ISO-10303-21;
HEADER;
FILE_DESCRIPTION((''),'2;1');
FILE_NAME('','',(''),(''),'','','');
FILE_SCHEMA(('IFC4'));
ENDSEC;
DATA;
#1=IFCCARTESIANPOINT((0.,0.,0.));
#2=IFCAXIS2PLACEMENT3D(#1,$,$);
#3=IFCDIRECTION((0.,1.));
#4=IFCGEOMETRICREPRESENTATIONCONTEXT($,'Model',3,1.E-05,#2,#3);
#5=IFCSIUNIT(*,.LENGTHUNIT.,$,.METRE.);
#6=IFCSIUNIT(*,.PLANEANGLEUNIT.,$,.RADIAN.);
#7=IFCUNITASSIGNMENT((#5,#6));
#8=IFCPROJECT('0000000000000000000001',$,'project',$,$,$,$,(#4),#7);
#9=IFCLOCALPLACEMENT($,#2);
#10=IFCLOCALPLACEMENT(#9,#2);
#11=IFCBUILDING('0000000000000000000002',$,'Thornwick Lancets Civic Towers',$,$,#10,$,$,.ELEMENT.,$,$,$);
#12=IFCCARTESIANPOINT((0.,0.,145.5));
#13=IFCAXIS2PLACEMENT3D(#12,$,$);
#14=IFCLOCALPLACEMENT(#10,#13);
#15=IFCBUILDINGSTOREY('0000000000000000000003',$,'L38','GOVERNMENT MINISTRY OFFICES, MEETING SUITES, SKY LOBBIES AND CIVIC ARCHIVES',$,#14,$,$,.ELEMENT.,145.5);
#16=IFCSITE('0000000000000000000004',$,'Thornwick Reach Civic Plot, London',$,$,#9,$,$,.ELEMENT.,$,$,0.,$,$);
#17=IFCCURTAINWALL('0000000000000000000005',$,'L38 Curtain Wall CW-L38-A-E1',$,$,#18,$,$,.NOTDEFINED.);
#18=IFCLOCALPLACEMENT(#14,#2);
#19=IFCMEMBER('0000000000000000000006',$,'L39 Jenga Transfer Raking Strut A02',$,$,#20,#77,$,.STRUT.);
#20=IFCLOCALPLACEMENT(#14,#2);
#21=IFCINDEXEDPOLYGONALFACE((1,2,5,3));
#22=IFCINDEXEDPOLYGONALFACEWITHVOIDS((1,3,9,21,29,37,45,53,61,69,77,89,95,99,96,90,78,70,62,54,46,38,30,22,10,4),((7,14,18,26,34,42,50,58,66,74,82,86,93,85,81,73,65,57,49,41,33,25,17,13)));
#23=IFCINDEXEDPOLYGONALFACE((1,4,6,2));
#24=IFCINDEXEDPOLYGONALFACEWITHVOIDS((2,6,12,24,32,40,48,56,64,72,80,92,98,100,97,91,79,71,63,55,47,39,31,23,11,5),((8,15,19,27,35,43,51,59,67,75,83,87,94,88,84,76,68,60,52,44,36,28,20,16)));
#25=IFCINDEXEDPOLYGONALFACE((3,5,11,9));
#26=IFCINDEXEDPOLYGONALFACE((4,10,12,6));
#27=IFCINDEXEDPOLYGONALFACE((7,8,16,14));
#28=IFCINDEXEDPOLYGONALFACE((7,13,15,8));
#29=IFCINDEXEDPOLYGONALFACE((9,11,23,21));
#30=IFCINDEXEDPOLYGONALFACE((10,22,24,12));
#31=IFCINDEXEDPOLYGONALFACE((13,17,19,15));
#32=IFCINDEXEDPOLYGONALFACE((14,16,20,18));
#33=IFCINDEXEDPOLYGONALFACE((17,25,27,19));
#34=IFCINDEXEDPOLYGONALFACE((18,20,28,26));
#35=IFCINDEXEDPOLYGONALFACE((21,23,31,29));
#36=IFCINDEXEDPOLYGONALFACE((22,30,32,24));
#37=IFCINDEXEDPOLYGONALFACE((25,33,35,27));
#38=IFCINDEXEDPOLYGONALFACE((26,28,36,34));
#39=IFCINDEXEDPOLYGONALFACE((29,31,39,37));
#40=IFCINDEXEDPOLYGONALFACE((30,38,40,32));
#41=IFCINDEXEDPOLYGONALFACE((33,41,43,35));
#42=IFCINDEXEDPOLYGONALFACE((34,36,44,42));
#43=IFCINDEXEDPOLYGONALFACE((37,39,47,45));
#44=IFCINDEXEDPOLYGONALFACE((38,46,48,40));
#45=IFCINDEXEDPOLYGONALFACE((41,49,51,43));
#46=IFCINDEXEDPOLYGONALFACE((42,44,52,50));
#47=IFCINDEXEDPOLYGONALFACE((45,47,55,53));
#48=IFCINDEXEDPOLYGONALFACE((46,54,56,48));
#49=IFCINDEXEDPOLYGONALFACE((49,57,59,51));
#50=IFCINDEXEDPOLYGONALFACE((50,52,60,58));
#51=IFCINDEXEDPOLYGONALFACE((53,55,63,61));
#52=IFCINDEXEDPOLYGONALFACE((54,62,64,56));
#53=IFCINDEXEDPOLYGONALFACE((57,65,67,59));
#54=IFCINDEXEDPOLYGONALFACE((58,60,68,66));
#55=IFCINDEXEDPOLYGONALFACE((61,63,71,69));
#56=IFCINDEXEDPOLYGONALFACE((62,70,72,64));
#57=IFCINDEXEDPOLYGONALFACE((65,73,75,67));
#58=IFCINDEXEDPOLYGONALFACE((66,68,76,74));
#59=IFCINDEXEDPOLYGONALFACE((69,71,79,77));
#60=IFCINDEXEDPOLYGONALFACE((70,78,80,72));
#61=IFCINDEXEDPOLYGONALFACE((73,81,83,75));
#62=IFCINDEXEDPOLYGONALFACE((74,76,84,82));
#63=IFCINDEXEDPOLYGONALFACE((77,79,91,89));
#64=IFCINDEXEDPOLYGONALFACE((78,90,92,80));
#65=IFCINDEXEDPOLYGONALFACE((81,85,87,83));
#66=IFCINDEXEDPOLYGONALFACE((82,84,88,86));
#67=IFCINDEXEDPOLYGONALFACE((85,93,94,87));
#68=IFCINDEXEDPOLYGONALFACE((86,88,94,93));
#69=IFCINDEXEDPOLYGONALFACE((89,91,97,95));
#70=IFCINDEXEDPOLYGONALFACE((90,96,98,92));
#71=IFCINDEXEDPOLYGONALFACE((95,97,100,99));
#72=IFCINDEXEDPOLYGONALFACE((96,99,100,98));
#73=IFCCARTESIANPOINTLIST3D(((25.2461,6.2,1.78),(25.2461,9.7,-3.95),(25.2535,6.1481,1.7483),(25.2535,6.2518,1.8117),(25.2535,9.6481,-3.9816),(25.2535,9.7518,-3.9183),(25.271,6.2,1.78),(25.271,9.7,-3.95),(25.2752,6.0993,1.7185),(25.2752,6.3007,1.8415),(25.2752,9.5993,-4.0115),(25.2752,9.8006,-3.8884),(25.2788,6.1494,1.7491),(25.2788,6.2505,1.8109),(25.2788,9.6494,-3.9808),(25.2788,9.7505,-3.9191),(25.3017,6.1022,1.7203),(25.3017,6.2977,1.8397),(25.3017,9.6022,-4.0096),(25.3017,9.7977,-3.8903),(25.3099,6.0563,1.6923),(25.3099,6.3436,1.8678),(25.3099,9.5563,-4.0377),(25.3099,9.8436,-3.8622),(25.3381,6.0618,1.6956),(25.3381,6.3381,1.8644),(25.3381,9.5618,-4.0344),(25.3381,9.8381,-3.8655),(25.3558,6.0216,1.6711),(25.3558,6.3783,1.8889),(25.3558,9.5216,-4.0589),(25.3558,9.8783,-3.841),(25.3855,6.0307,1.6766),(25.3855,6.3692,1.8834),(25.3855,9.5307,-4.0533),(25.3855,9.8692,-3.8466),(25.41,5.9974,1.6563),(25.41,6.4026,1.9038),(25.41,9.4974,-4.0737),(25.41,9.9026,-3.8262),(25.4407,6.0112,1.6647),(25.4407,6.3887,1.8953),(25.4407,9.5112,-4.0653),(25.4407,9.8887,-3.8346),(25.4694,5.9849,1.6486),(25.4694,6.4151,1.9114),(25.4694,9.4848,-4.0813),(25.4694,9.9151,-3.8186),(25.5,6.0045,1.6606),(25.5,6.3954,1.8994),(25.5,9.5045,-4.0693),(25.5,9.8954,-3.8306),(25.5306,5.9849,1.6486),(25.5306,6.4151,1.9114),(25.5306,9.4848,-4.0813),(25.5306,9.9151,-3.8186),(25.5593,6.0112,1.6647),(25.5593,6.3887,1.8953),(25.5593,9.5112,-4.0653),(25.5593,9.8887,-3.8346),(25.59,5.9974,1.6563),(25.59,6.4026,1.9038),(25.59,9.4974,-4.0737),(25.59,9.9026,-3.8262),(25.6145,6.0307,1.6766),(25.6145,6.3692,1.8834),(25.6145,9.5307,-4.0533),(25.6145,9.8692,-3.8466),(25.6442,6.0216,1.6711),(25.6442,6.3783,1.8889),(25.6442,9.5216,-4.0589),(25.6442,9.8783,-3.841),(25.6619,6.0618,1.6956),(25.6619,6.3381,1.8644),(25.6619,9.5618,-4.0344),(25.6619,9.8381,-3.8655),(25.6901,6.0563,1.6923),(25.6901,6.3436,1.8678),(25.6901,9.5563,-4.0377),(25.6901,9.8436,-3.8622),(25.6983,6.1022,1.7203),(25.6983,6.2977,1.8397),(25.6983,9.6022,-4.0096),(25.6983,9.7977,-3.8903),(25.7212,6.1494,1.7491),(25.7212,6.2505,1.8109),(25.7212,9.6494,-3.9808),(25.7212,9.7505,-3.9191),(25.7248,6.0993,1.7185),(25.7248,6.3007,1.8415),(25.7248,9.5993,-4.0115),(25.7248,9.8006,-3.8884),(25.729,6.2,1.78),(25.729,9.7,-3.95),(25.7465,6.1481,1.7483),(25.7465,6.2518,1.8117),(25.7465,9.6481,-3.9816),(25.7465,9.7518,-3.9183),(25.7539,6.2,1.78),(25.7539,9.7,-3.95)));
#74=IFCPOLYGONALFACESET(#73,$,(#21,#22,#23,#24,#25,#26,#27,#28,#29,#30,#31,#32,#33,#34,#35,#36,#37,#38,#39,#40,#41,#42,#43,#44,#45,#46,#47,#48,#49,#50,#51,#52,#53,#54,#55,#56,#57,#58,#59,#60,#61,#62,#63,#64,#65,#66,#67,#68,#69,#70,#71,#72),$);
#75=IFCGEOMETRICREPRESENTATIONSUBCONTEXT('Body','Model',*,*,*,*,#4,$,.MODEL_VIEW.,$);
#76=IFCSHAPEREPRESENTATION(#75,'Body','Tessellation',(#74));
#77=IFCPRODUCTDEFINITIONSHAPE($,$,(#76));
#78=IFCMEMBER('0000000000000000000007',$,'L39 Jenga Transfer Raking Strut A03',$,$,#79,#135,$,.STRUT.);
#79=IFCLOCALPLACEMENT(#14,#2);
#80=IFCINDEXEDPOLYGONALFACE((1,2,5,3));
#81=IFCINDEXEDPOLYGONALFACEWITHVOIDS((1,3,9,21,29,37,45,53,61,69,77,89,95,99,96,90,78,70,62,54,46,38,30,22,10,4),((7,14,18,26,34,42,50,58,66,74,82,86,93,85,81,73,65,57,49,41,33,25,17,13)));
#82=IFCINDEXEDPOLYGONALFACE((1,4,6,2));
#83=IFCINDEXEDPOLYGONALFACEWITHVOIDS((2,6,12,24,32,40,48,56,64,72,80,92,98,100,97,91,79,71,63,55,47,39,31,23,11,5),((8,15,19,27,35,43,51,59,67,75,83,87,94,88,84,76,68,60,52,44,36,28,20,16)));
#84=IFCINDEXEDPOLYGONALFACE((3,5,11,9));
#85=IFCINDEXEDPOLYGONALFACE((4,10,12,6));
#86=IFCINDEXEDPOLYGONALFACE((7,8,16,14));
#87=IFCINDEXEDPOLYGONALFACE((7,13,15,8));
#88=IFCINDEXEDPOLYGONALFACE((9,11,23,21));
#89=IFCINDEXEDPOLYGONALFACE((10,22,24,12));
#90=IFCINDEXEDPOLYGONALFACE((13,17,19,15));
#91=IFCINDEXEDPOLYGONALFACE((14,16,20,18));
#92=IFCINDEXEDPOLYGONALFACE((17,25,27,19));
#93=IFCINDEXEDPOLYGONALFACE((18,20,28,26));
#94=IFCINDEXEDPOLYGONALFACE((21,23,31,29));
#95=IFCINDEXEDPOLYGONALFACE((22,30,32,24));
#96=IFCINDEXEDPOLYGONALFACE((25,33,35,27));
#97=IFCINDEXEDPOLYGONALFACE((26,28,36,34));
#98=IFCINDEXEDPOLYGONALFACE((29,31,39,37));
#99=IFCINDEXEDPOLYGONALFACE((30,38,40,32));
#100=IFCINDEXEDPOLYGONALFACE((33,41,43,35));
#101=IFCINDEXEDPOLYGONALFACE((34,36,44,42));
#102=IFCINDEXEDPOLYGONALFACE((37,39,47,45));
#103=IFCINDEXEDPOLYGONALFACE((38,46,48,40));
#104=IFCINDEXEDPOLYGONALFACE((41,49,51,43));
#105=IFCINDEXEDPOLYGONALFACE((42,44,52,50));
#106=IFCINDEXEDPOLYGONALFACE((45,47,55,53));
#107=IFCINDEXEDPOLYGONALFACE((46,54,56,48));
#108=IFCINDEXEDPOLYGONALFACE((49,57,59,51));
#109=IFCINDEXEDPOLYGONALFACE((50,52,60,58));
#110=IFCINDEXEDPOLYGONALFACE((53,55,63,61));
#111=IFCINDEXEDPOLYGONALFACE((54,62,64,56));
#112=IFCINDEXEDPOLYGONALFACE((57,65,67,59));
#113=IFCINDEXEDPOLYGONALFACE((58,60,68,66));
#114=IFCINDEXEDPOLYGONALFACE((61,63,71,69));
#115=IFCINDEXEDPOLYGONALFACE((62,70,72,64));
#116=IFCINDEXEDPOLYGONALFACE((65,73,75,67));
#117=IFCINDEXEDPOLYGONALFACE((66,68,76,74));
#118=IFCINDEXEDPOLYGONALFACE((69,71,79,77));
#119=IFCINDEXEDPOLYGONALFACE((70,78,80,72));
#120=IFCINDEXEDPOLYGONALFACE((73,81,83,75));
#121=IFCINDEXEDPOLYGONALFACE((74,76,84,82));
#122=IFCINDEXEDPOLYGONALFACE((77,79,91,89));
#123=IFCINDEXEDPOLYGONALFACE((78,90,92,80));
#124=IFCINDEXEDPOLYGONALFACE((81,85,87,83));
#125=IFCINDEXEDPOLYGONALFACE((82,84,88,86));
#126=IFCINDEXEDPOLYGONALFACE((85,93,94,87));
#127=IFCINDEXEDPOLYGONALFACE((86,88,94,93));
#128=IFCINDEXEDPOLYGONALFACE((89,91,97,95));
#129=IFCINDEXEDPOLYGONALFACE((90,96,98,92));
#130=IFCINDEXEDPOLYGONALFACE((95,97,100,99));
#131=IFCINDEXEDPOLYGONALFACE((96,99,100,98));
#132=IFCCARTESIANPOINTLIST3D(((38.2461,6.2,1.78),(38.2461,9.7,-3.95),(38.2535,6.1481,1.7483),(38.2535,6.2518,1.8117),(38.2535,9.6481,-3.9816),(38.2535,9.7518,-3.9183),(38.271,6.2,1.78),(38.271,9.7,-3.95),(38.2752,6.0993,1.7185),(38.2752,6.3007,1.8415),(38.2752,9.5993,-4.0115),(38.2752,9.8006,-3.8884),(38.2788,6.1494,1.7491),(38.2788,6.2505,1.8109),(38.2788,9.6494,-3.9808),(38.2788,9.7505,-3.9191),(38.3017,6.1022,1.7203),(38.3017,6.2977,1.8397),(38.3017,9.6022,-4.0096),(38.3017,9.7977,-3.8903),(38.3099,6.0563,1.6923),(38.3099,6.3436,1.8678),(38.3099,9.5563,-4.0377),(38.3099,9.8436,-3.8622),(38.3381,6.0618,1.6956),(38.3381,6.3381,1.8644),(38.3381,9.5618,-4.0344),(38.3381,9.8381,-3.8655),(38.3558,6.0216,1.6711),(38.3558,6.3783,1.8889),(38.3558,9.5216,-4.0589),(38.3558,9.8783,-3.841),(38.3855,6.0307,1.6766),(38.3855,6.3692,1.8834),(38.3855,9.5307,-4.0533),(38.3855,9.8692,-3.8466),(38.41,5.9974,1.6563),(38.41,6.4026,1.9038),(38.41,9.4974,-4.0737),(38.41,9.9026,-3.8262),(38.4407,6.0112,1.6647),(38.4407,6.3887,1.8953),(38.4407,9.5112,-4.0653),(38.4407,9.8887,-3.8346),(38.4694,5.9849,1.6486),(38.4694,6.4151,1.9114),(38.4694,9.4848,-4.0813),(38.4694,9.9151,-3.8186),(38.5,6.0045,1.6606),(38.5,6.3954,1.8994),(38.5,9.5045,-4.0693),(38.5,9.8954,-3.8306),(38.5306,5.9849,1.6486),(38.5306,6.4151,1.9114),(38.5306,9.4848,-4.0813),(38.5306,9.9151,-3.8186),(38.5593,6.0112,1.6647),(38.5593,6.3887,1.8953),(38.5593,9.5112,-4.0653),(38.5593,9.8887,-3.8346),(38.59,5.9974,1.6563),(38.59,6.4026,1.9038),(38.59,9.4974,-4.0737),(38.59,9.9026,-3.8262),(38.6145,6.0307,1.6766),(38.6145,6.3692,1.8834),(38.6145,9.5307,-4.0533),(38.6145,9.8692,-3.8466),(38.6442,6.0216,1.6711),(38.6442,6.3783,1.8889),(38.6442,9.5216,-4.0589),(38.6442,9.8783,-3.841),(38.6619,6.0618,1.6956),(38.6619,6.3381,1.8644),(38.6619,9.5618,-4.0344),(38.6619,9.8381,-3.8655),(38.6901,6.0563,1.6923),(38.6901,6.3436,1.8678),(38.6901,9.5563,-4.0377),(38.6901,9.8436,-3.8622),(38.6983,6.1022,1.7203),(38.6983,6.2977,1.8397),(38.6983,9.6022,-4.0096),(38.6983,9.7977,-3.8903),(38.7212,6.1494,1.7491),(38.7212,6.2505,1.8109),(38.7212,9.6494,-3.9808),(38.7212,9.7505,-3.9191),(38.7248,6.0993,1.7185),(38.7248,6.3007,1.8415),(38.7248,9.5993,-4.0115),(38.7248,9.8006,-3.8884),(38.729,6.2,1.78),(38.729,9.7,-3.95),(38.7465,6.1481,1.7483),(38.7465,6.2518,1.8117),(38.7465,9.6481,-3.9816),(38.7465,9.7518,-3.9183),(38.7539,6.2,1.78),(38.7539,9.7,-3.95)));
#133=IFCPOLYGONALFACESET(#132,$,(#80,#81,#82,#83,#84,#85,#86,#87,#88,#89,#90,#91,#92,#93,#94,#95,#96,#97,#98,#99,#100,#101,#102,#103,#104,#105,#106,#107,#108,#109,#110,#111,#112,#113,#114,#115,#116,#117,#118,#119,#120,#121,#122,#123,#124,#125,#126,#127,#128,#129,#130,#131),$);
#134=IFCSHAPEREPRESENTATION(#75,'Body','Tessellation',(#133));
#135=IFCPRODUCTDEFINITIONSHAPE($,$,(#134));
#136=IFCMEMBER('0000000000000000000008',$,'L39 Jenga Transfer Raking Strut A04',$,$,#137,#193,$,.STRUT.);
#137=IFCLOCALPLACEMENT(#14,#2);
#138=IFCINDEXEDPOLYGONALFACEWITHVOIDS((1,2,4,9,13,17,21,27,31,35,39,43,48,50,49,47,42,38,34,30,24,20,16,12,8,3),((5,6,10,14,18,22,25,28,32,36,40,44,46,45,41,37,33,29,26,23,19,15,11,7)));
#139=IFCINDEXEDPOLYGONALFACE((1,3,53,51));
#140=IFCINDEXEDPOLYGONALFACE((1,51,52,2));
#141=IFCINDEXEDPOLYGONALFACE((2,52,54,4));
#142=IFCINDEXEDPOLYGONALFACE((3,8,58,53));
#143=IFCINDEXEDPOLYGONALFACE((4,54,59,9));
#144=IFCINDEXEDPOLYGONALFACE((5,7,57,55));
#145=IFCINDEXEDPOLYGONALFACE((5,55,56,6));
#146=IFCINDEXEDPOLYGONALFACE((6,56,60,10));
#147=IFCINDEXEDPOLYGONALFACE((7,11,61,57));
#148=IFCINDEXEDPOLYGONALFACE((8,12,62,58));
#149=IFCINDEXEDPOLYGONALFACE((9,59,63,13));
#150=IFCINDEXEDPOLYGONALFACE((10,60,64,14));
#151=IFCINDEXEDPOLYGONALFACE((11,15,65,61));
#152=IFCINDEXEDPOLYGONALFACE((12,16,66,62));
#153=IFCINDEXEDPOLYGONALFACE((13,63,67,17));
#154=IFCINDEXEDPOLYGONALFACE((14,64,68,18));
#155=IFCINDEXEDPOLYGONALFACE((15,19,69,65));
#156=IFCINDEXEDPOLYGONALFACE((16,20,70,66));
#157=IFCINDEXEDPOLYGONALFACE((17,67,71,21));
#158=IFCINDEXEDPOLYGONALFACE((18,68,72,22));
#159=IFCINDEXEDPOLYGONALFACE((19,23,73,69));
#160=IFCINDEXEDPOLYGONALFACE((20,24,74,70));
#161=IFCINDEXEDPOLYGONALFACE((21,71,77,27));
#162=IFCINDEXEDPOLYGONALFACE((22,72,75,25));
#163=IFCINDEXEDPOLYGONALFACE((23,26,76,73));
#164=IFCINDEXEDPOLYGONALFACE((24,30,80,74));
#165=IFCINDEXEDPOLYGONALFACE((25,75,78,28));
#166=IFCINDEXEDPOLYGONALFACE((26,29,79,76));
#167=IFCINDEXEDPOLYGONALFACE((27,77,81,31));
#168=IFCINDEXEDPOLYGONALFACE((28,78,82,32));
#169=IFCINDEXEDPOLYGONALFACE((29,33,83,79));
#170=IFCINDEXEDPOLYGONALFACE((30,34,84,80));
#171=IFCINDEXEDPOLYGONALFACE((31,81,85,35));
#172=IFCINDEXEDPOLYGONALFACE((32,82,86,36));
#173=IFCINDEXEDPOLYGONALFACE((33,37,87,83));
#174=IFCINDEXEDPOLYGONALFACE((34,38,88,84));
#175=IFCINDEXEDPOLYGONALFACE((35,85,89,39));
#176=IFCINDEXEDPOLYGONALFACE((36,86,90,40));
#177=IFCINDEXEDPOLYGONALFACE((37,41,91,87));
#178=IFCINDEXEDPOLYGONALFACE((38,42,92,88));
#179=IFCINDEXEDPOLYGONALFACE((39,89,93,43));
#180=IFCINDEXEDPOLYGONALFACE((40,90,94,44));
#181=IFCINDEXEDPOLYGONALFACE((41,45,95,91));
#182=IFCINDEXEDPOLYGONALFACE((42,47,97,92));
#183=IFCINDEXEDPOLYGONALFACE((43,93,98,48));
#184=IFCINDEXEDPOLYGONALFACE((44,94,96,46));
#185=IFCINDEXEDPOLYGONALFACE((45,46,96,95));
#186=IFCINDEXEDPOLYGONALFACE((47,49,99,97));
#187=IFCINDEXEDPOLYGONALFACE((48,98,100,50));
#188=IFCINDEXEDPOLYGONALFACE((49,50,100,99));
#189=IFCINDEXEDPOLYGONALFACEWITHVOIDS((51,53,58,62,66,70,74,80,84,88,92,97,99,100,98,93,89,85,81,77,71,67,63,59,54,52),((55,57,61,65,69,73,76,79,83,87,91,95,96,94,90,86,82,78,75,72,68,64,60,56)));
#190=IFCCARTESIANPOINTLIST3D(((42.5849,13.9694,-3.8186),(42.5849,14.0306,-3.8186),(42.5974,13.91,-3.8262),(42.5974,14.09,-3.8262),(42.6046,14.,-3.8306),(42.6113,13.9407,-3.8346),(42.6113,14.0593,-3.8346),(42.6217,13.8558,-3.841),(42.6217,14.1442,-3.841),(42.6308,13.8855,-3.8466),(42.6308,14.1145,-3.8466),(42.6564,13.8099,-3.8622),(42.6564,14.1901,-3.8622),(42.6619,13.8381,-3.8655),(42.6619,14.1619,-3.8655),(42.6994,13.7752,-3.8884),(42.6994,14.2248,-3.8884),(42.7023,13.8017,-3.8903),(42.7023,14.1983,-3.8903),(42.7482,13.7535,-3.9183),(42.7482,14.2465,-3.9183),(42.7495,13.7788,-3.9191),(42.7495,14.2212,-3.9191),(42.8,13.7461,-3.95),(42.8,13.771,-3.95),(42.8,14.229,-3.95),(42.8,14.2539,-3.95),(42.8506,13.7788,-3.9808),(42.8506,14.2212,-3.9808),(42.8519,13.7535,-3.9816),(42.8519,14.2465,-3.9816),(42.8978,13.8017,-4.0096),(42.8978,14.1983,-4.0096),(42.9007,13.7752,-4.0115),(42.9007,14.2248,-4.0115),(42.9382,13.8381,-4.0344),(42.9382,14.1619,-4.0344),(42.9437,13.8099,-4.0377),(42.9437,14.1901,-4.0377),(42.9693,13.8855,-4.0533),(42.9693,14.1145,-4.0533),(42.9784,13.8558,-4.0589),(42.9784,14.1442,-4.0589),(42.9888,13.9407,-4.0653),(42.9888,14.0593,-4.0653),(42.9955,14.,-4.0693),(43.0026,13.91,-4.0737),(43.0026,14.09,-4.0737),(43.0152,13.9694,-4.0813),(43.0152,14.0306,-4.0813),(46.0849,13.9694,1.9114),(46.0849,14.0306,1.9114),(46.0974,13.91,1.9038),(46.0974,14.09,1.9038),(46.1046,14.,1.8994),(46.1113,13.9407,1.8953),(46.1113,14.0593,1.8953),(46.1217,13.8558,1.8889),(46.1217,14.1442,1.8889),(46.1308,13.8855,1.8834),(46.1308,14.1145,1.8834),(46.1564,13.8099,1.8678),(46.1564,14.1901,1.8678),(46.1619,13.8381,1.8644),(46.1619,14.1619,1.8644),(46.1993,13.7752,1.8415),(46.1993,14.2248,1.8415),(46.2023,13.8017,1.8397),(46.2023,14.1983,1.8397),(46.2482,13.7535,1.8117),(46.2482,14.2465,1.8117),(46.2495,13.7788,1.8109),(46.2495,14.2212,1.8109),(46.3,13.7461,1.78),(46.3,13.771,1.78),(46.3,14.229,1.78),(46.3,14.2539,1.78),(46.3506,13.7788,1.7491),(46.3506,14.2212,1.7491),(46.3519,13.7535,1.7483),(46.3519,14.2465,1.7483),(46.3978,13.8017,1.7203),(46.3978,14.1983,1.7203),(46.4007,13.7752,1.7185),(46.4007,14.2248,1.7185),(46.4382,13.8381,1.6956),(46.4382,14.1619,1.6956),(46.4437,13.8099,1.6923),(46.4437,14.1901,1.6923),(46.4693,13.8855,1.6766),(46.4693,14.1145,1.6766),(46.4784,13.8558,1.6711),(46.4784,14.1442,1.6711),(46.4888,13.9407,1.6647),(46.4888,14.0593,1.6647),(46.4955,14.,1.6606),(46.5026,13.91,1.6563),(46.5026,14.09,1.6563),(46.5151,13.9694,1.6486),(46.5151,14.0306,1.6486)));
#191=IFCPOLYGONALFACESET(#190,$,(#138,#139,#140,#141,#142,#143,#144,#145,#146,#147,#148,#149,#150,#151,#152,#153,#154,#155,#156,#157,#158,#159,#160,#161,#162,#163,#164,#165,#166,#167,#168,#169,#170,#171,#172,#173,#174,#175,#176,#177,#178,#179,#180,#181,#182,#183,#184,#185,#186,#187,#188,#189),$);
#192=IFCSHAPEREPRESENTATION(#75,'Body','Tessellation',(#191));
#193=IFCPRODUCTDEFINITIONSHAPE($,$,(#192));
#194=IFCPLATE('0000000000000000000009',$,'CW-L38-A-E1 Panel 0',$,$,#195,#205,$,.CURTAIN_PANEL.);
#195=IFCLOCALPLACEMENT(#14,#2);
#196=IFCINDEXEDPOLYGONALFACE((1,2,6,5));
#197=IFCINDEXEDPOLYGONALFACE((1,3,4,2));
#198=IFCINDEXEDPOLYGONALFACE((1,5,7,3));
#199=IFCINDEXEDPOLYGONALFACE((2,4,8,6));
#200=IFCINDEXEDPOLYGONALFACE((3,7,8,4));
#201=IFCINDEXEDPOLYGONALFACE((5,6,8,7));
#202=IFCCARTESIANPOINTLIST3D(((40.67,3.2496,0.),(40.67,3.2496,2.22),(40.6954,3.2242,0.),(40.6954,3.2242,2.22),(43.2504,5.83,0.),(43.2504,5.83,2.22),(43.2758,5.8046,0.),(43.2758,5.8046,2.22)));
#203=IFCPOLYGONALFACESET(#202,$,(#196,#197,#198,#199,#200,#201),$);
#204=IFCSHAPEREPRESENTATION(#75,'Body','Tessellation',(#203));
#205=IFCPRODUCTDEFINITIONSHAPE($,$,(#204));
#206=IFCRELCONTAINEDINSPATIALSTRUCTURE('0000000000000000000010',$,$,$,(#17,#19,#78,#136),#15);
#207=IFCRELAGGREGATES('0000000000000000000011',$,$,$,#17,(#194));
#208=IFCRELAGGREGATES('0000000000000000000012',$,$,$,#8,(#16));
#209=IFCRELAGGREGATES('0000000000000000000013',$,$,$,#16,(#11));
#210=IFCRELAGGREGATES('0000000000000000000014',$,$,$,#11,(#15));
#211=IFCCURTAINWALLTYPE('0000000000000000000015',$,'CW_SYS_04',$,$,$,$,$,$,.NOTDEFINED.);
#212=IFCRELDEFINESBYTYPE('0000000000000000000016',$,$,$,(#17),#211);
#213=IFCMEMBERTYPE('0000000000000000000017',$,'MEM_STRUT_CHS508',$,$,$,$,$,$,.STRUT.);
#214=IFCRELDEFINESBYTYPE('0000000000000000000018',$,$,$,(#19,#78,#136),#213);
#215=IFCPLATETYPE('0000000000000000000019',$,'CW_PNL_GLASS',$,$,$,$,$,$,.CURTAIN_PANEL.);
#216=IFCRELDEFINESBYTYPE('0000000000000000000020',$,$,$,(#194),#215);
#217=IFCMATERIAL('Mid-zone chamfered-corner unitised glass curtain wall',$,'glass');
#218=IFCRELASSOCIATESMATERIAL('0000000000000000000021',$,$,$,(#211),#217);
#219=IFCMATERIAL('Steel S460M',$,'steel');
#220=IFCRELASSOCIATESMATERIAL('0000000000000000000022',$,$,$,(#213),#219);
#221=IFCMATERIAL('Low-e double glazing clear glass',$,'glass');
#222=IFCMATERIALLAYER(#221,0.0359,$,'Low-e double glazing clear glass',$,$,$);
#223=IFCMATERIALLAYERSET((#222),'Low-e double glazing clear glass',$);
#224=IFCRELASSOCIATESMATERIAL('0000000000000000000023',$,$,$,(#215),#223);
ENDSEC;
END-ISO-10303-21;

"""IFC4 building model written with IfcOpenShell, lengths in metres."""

from ifc_helpers import new_model, si_unit, direction, frame, origin, origin_2d, place, context, subcontext, project, spatial, rectangle, hollow_circle, extrude, material, layer, layer_set, material_profile, profile_set, type_object, element, aggregate, save


model = new_model("IFC4")

# Units and contexts
model_context = context("Model", 3, precision=1e-05, world=origin(), true_north=direction((0.0, 1.0)))
body_context = subcontext(model_context, "Body", "Model", "MODEL_VIEW")
ifc_project = project(units=[si_unit("LENGTHUNIT", "METRE"), si_unit("PLANEANGLEUNIT", "RADIAN")], contexts=[model_context])

# Site, building, storey
site_placement = place(None, origin())
site = spatial("IfcSite", under=ifc_project, at=site_placement, Name="Thornwick Reach Civic Plot, London", CompositionType="ELEMENT", RefElevation=0.0)
building_placement = place(site_placement, origin())
building = spatial("IfcBuilding", under=site, at=building_placement, Name="Thornwick Lancets Civic Towers", CompositionType="ELEMENT")
storey_placement = place(building_placement, frame((0.0, 0.0, 145.5)))
storey = spatial("IfcBuildingStorey", under=building, at=storey_placement, Name="L38", Description="GOVERNMENT MINISTRY OFFICES, MEETING SUITES, SKY LOBBIES AND CIVIC ARCHIVES", CompositionType="ELEMENT", Elevation=145.5)

# Shared definitions
ifc_material_1 = material(Name="Steel S460M", Category="steel")

# Curtain wall
ifc_material_2 = material(Name="Mid-zone chamfered-corner unitised glass curtain wall", Category="glass")
curtain_wall_type = type_object("IfcCurtainWallType", Name="CW_SYS_04", PredefinedType="NOTDEFINED", material=ifc_material_2)
curtain_wall_placement = place(storey_placement, origin())
curtain_wall = element("IfcCurtainWall", 1, at=curtain_wall_placement, inside=storey, type_object=curtain_wall_type, Name="L38 Curtain Wall CW-L38-A-E1", PredefinedType="NOTDEFINED")

# Members
ifc_material_profile_1 = material_profile(ifc_material_1, hollow_circle(Radius=0.2539, WallThickness=0.0249, at=origin_2d()), Name="CHS 508x25")
ifc_profile_set_1 = profile_set([ifc_material_profile_1], Name="Steel S460M")
member_type_1 = type_object("IfcMemberType", Name="MEM_STRUT_CHS508", PredefinedType="STRUT", material=ifc_profile_set_1)
for number, where, z_axis, x_axis, name in (
    (2, (25.5, 9.7, -3.95), (0.0, -0.521271, 0.853391), (1.0, 0.0, 0.0), "L39 Jenga Transfer Raking Strut A02"),
    (3, (38.5, 9.7, -3.95), (0.0, -0.521271, 0.853391), (1.0, 0.0, 0.0), "L39 Jenga Transfer Raking Strut A03"),
    (4, (42.8, 14.0, -3.95), (0.521271, 0.0, 0.853391), (0.0, 1.0, 0.0), "L39 Jenga Transfer Raking Strut A04"),
):
    element("IfcMember", number, at=place(storey_placement, frame(where, z_axis=z_axis, x_axis=x_axis)), inside=storey, type_object=member_type_1, Name=name, PredefinedType="STRUT", context=body_context, shape_type="SweptSolid", body=[
        extrude(hollow_circle(Radius=0.2539, WallThickness=0.0249, at=origin_2d()), origin(), (0.0, 0.0, 1.0), 6.7144),
    ])

# Plate
ifc_material_3 = material(Name="Low-e double glazing clear glass", Category="glass")
ifc_layer_1 = layer(ifc_material_3, 0.0359, Name="Low-e double glazing clear glass")
ifc_layer_set_1 = layer_set([ifc_layer_1], Name="Low-e double glazing clear glass")
plate_type_1 = type_object("IfcPlateType", Name="CW_PNL_GLASS", PredefinedType="CURTAIN_PANEL", material=ifc_layer_set_1)
plate_placement = place(storey_placement, frame((41.9729, 4.5271, 0.0), z_axis=(0.0, 0.0, 1.0), x_axis=(0.707107, 0.707107, 0.0)))
plate = element("IfcPlate", 5, at=plate_placement, type_object=plate_type_1, Name="CW-L38-A-E1 Panel 0", PredefinedType="CURTAIN_PANEL", context=body_context, shape_type="SweptSolid", body=[
    extrude(rectangle(XDim=3.6492, YDim=0.0359, at=origin_2d()), origin(), (0.0, 0.0, 1.0), 2.22),
])
aggregate(curtain_wall, [plate])

save(model, "model.ifc")
